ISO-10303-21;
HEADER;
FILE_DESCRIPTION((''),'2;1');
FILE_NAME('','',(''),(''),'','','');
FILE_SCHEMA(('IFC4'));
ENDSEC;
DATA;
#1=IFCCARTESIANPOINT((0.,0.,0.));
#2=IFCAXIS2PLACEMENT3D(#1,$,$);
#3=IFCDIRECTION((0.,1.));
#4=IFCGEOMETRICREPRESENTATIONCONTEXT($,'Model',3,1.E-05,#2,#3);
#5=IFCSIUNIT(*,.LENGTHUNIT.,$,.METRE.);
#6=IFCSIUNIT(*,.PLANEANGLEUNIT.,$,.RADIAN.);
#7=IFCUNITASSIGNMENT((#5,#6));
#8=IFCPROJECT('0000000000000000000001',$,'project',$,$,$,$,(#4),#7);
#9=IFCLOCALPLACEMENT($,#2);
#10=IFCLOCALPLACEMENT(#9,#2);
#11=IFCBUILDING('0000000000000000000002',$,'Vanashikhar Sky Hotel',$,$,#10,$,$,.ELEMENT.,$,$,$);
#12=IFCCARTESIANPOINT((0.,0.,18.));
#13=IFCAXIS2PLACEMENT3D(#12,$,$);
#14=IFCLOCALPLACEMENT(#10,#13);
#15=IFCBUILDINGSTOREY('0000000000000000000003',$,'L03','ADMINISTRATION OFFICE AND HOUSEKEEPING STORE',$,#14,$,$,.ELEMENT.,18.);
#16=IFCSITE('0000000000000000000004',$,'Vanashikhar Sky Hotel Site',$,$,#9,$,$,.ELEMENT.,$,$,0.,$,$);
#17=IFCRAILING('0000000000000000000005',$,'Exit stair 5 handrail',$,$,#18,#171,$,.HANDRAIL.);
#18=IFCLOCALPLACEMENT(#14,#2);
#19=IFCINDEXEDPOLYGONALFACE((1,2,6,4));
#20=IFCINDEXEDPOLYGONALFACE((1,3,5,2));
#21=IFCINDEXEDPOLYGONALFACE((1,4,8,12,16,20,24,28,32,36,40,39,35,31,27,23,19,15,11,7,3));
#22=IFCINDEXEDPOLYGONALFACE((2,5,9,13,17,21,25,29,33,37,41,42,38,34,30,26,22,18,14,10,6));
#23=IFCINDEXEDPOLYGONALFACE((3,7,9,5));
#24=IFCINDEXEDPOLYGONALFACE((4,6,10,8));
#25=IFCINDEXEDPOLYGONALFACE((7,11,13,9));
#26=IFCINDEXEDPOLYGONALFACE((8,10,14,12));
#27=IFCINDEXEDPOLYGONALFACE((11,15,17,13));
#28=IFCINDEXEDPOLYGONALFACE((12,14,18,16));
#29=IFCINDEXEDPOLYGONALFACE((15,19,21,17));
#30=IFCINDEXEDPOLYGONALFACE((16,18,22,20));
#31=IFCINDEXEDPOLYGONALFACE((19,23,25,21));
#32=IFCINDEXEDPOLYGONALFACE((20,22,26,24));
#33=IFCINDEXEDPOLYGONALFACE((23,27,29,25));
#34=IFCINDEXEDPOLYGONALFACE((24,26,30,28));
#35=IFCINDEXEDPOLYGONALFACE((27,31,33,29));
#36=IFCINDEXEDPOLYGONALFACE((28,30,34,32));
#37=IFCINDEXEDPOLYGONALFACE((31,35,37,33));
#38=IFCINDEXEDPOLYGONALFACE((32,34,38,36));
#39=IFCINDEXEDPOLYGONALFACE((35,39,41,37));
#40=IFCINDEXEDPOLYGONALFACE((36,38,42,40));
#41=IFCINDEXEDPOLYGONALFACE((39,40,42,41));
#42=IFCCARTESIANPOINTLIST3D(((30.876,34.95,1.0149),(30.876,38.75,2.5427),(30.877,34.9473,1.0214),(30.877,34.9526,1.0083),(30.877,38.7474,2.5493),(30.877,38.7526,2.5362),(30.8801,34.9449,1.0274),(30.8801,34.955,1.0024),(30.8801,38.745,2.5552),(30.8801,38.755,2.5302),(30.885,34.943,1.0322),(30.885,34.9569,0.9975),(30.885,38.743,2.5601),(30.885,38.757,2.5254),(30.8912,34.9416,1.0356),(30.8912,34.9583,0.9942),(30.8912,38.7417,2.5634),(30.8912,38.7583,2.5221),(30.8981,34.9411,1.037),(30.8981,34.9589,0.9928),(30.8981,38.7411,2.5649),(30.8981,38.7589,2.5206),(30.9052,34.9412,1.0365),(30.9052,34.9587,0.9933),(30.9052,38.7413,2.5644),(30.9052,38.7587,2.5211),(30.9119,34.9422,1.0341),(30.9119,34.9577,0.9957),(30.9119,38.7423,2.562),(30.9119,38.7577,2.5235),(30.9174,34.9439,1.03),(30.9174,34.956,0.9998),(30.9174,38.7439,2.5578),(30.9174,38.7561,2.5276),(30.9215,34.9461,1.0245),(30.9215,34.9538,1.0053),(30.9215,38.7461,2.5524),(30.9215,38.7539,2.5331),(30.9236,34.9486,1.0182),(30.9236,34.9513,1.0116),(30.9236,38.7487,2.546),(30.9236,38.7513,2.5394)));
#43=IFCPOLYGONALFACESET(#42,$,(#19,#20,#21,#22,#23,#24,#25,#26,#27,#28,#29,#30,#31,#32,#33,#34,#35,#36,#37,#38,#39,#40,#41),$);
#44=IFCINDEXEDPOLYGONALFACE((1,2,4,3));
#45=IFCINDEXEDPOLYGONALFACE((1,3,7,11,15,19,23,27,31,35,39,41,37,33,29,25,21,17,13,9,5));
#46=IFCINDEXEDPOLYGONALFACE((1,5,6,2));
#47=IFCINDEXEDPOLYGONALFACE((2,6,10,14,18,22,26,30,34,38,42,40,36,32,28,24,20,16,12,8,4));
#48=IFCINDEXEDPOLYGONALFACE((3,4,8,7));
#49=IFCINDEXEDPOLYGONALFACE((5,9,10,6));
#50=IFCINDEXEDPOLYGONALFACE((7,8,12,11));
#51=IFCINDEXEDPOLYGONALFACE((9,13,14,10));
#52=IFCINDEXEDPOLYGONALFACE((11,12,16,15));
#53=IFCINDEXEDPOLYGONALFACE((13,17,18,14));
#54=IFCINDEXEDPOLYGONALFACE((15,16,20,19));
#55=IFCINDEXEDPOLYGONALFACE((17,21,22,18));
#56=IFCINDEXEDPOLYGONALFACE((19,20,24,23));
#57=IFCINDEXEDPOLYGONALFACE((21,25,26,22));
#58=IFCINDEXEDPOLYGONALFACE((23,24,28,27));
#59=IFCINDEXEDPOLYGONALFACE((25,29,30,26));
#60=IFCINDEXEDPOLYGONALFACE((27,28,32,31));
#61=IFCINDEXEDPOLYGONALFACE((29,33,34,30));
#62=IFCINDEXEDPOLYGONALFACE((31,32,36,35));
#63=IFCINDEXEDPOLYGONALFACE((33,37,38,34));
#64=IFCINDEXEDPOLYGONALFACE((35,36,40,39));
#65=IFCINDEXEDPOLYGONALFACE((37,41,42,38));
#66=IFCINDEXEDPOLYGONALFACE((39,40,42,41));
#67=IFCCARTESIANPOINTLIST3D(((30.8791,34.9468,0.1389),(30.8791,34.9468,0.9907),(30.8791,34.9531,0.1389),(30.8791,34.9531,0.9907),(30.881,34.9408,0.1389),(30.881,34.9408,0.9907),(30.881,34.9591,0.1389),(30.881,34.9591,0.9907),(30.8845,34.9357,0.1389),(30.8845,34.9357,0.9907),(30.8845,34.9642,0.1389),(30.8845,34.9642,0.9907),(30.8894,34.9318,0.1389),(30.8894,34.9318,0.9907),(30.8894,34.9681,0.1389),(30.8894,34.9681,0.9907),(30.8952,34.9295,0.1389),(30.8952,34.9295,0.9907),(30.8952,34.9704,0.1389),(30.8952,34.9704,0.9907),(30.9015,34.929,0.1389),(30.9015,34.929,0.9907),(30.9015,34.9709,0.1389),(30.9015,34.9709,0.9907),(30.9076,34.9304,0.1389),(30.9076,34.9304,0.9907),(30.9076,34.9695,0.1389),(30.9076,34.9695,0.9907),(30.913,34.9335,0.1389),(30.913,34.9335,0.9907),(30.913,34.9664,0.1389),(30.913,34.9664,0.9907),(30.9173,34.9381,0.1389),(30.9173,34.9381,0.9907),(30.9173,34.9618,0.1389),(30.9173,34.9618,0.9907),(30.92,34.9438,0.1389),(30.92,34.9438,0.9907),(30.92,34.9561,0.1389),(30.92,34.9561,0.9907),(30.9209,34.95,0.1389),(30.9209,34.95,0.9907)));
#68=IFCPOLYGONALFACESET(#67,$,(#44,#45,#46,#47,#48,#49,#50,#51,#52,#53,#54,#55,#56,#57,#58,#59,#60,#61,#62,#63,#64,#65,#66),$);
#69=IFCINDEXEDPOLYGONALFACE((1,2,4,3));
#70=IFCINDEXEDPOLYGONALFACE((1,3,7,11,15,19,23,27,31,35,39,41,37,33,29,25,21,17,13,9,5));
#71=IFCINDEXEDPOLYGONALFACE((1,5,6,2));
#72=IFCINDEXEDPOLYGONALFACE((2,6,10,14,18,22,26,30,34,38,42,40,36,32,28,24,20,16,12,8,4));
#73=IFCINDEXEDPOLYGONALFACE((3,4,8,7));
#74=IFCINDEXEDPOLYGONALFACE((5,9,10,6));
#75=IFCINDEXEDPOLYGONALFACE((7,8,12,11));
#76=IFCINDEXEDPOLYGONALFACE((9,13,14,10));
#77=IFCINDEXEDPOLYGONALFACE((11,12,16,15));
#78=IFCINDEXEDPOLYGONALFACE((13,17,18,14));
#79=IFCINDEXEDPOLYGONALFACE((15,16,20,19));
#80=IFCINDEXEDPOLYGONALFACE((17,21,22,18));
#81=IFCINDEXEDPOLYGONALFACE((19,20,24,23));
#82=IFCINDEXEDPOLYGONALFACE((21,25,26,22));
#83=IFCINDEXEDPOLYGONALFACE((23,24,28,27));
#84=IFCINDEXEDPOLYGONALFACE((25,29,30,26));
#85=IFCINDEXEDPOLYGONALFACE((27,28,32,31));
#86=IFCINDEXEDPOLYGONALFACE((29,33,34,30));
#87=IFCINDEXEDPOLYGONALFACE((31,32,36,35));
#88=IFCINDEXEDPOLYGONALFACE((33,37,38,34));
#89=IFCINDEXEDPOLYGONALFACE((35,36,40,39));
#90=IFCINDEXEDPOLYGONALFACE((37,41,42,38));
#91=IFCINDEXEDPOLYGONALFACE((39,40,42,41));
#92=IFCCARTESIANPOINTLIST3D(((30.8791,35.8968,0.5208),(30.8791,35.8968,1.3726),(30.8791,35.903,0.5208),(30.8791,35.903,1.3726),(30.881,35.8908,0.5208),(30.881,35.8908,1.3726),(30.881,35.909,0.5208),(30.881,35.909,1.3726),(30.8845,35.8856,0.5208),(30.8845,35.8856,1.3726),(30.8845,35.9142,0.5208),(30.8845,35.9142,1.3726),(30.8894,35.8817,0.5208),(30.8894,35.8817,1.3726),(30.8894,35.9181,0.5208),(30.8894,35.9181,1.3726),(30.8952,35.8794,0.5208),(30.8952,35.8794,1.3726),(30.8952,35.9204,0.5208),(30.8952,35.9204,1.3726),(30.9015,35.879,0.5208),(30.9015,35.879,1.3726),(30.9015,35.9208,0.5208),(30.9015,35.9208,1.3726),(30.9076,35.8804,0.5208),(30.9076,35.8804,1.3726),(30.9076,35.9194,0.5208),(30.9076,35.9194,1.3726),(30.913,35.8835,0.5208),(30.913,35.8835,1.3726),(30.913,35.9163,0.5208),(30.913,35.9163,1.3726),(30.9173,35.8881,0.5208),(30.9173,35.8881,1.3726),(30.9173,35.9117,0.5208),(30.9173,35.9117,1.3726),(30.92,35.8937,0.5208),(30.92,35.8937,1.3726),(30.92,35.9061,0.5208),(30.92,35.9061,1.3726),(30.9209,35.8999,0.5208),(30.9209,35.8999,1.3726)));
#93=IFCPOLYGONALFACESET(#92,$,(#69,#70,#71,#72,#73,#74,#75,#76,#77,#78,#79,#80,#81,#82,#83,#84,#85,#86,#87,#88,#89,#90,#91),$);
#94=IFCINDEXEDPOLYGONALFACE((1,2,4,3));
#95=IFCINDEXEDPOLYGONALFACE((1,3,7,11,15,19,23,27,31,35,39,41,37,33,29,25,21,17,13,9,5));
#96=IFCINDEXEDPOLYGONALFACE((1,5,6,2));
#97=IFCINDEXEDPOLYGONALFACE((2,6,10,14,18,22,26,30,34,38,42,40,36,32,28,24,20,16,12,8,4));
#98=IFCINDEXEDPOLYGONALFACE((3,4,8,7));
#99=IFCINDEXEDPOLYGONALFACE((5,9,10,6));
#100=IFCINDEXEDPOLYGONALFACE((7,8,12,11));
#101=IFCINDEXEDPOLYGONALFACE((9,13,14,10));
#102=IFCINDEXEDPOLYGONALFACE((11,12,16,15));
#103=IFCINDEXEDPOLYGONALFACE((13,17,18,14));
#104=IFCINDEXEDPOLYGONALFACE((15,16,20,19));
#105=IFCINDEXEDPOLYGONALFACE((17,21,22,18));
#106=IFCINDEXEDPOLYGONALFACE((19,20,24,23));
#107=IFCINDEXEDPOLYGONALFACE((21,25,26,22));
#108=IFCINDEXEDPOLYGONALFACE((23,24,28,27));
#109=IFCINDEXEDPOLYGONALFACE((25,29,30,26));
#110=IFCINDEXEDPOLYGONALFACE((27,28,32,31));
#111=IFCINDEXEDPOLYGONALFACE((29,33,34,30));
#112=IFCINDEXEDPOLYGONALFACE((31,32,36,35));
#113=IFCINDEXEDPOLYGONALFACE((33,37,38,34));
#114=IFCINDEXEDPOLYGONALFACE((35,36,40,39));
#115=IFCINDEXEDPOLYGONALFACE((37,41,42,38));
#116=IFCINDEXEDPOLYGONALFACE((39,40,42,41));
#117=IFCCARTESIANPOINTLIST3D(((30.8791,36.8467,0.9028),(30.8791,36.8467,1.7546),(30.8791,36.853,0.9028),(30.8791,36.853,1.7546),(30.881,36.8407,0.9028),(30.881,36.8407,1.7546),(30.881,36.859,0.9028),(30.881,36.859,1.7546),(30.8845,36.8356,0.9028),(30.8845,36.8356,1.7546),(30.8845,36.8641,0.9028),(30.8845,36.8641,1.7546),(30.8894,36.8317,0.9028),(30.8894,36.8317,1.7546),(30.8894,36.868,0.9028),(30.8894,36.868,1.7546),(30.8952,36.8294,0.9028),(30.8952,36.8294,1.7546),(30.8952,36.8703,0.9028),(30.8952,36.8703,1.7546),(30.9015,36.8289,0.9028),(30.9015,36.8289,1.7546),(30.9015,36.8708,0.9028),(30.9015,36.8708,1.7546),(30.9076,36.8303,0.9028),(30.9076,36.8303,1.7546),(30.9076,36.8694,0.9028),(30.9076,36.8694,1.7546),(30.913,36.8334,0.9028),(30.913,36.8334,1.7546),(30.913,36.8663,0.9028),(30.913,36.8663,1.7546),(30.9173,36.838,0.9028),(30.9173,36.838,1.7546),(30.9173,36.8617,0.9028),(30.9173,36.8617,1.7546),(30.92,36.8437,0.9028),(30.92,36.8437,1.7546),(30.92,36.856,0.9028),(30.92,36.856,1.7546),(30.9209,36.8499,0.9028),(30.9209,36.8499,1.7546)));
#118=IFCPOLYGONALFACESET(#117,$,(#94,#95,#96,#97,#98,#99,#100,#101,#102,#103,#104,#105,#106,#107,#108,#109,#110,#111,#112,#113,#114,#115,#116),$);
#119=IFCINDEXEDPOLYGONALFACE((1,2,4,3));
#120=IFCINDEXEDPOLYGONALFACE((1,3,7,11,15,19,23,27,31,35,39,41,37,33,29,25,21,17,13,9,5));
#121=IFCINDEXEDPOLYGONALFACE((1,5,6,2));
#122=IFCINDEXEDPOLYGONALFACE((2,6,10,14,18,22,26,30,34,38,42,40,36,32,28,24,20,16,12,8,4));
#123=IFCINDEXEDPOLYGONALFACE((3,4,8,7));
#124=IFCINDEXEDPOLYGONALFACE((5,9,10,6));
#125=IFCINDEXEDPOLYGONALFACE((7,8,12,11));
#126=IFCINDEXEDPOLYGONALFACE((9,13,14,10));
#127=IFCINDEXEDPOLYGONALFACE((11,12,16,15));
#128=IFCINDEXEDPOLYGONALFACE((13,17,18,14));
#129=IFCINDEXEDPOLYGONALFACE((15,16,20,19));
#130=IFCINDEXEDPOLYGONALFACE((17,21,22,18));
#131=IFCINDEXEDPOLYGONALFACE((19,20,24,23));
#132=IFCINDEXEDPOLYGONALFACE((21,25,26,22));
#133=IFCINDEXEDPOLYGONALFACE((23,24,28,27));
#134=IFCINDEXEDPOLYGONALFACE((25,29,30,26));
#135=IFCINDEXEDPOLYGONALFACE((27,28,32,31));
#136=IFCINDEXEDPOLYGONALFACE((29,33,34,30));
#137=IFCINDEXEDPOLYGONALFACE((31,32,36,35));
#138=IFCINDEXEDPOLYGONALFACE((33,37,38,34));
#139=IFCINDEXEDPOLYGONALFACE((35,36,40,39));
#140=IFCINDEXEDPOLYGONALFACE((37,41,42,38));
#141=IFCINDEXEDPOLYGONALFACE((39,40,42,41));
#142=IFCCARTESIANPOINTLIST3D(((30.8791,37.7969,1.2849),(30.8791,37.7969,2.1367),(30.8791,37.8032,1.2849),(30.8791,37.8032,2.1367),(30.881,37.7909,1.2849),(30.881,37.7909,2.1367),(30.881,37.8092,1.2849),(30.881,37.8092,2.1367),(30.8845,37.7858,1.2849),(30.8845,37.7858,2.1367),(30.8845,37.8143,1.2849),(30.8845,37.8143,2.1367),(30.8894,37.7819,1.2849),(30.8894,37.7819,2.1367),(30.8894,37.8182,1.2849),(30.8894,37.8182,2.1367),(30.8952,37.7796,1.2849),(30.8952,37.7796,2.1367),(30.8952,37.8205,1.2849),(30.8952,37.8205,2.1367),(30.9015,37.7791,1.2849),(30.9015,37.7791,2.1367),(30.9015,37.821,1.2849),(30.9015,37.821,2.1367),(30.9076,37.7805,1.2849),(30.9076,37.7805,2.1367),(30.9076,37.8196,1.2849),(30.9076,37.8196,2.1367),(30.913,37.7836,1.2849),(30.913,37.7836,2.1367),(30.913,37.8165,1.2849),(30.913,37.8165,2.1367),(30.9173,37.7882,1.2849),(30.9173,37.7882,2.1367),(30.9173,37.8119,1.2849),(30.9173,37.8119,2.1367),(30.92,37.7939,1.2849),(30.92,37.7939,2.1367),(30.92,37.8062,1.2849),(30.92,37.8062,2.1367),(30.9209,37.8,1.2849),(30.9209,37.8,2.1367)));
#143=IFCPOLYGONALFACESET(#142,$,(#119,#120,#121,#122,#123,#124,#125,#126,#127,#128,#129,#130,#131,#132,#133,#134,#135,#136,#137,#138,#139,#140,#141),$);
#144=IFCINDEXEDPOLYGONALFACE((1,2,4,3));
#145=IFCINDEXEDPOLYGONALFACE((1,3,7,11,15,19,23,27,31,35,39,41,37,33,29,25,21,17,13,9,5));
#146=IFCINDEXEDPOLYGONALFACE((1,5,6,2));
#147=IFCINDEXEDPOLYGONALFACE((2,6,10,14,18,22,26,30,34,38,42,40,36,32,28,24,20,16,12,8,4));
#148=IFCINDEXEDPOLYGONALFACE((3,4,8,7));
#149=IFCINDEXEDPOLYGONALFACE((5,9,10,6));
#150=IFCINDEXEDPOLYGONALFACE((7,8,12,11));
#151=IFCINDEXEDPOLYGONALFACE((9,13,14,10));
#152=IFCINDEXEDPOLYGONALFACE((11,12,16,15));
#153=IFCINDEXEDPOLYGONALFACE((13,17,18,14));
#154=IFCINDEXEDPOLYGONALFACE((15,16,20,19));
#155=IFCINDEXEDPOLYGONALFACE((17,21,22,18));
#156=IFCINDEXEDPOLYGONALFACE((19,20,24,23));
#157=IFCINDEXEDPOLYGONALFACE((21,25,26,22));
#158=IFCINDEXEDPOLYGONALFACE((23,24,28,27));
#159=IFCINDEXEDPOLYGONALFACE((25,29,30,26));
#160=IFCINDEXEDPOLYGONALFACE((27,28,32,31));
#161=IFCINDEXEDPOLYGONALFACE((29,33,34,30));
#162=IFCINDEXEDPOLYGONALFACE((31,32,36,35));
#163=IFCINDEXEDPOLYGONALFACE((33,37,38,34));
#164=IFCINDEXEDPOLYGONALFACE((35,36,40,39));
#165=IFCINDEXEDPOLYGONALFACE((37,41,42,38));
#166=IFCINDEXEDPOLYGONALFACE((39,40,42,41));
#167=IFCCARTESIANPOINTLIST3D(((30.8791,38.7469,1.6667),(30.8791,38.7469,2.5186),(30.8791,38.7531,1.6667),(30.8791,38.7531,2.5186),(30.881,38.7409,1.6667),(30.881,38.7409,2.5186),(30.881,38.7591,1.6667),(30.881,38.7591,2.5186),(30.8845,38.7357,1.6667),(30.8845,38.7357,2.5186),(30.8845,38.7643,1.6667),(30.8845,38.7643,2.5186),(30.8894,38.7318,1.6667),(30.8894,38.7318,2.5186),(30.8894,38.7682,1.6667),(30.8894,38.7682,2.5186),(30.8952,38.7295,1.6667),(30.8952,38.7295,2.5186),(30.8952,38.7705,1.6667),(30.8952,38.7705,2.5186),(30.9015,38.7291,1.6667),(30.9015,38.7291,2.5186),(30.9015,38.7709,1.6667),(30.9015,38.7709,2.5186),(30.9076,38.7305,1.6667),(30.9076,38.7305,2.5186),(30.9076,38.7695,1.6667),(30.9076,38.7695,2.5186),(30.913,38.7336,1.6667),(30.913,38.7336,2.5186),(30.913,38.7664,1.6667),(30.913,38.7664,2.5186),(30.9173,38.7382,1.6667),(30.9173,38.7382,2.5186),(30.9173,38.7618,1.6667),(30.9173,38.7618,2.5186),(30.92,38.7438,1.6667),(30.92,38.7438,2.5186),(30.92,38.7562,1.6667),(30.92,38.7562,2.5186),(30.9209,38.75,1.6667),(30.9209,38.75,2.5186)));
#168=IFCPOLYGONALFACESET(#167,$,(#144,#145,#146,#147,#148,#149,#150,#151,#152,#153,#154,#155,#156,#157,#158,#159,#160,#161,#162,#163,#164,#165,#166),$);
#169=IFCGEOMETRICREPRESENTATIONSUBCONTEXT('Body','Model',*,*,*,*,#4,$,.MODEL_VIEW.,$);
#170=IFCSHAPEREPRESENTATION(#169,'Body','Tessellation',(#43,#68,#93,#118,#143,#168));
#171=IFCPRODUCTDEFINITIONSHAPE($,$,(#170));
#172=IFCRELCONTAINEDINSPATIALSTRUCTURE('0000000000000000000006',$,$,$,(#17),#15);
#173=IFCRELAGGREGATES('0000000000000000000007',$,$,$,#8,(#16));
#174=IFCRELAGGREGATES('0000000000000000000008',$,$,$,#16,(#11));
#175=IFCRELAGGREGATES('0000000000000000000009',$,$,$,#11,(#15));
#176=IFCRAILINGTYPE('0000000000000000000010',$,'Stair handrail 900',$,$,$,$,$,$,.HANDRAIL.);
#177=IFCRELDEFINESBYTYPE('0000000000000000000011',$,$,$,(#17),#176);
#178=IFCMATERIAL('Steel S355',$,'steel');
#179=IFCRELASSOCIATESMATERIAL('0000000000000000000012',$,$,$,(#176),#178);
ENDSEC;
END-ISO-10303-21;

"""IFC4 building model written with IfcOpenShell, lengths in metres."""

from ifc_helpers import new_model, si_unit, direction, frame, origin, origin_2d, place, context, subcontext, project, spatial, circle, extrude, source, transform, mapped, material, type_object, element, save


model = new_model("IFC4")

# Units and contexts
model_context = context("Model", 3, precision=1e-05, world=origin(), true_north=direction((0.0, 1.0)))
body_context = subcontext(model_context, "Body", "Model", "MODEL_VIEW")
ifc_project = project(units=[si_unit("LENGTHUNIT", "METRE"), si_unit("PLANEANGLEUNIT", "RADIAN")], contexts=[model_context])

# Site, building, storey
site_placement = place(None, origin())
site = spatial("IfcSite", under=ifc_project, at=site_placement, Name="Vanashikhar Sky Hotel Site", CompositionType="ELEMENT", RefElevation=0.0)
building_placement = place(site_placement, origin())
building = spatial("IfcBuilding", under=site, at=building_placement, Name="Vanashikhar Sky Hotel", CompositionType="ELEMENT")
storey_placement = place(building_placement, frame((0.0, 0.0, 18.0)))
storey = spatial("IfcBuildingStorey", under=building, at=storey_placement, Name="L03", Description="ADMINISTRATION OFFICE AND HOUSEKEEPING STORE", CompositionType="ELEMENT", Elevation=18.0)

# Railing
ifc_material_1 = material(Name="Steel S355", Category="steel")
railing_type = type_object("IfcRailingType", Name="Stair handrail 900", PredefinedType="HANDRAIL", material=ifc_material_1)
shared_shape_1 = source(origin(), body_context, "Body", "SweptSolid", [
    extrude(circle(Radius=0.0239, at=origin_2d()), frame((0.0, 0.0, 0.876), z_axis=(0.0, 0.927817, 0.373034), x_axis=(-1.0, 0.0, 0.0)), (0.0, 0.0, 1.0), 4.0957),
    extrude(circle(Radius=0.021, at=origin_2d()), origin(), (0.0, 0.0, 1.0), 0.8518),
    extrude(circle(Radius=0.021, at=origin_2d()), frame((0.0, 0.95, 0.3818)), (0.0, 0.0, 1.0), 0.8518),
    extrude(circle(Radius=0.021, at=origin_2d()), frame((0.0, 1.8999, 0.7639)), (0.0, 0.0, 1.0), 0.8518),
    extrude(circle(Radius=0.021, at=origin_2d()), frame((0.0, 2.8501, 1.146)), (0.0, 0.0, 1.0), 0.8518),
    extrude(circle(Radius=0.021, at=origin_2d()), frame((0.0, 3.8, 1.5278)), (0.0, 0.0, 1.0), 0.8518),
])
for number, where, name in (
    (1, (30.8999, 34.95, 0.1389), "Exit stair 5 handrail"),
):
    element("IfcRailing", number, at=place(storey_placement, frame(where)), inside=storey, type_object=railing_type, Name=name, PredefinedType="HANDRAIL", context=body_context, shape_type="MappedRepresentation", body=[
        mapped(shared_shape_1, transform((0.0, 0.0, 0.0), scale=1.0)),
    ])

save(model, "model.ifc")
